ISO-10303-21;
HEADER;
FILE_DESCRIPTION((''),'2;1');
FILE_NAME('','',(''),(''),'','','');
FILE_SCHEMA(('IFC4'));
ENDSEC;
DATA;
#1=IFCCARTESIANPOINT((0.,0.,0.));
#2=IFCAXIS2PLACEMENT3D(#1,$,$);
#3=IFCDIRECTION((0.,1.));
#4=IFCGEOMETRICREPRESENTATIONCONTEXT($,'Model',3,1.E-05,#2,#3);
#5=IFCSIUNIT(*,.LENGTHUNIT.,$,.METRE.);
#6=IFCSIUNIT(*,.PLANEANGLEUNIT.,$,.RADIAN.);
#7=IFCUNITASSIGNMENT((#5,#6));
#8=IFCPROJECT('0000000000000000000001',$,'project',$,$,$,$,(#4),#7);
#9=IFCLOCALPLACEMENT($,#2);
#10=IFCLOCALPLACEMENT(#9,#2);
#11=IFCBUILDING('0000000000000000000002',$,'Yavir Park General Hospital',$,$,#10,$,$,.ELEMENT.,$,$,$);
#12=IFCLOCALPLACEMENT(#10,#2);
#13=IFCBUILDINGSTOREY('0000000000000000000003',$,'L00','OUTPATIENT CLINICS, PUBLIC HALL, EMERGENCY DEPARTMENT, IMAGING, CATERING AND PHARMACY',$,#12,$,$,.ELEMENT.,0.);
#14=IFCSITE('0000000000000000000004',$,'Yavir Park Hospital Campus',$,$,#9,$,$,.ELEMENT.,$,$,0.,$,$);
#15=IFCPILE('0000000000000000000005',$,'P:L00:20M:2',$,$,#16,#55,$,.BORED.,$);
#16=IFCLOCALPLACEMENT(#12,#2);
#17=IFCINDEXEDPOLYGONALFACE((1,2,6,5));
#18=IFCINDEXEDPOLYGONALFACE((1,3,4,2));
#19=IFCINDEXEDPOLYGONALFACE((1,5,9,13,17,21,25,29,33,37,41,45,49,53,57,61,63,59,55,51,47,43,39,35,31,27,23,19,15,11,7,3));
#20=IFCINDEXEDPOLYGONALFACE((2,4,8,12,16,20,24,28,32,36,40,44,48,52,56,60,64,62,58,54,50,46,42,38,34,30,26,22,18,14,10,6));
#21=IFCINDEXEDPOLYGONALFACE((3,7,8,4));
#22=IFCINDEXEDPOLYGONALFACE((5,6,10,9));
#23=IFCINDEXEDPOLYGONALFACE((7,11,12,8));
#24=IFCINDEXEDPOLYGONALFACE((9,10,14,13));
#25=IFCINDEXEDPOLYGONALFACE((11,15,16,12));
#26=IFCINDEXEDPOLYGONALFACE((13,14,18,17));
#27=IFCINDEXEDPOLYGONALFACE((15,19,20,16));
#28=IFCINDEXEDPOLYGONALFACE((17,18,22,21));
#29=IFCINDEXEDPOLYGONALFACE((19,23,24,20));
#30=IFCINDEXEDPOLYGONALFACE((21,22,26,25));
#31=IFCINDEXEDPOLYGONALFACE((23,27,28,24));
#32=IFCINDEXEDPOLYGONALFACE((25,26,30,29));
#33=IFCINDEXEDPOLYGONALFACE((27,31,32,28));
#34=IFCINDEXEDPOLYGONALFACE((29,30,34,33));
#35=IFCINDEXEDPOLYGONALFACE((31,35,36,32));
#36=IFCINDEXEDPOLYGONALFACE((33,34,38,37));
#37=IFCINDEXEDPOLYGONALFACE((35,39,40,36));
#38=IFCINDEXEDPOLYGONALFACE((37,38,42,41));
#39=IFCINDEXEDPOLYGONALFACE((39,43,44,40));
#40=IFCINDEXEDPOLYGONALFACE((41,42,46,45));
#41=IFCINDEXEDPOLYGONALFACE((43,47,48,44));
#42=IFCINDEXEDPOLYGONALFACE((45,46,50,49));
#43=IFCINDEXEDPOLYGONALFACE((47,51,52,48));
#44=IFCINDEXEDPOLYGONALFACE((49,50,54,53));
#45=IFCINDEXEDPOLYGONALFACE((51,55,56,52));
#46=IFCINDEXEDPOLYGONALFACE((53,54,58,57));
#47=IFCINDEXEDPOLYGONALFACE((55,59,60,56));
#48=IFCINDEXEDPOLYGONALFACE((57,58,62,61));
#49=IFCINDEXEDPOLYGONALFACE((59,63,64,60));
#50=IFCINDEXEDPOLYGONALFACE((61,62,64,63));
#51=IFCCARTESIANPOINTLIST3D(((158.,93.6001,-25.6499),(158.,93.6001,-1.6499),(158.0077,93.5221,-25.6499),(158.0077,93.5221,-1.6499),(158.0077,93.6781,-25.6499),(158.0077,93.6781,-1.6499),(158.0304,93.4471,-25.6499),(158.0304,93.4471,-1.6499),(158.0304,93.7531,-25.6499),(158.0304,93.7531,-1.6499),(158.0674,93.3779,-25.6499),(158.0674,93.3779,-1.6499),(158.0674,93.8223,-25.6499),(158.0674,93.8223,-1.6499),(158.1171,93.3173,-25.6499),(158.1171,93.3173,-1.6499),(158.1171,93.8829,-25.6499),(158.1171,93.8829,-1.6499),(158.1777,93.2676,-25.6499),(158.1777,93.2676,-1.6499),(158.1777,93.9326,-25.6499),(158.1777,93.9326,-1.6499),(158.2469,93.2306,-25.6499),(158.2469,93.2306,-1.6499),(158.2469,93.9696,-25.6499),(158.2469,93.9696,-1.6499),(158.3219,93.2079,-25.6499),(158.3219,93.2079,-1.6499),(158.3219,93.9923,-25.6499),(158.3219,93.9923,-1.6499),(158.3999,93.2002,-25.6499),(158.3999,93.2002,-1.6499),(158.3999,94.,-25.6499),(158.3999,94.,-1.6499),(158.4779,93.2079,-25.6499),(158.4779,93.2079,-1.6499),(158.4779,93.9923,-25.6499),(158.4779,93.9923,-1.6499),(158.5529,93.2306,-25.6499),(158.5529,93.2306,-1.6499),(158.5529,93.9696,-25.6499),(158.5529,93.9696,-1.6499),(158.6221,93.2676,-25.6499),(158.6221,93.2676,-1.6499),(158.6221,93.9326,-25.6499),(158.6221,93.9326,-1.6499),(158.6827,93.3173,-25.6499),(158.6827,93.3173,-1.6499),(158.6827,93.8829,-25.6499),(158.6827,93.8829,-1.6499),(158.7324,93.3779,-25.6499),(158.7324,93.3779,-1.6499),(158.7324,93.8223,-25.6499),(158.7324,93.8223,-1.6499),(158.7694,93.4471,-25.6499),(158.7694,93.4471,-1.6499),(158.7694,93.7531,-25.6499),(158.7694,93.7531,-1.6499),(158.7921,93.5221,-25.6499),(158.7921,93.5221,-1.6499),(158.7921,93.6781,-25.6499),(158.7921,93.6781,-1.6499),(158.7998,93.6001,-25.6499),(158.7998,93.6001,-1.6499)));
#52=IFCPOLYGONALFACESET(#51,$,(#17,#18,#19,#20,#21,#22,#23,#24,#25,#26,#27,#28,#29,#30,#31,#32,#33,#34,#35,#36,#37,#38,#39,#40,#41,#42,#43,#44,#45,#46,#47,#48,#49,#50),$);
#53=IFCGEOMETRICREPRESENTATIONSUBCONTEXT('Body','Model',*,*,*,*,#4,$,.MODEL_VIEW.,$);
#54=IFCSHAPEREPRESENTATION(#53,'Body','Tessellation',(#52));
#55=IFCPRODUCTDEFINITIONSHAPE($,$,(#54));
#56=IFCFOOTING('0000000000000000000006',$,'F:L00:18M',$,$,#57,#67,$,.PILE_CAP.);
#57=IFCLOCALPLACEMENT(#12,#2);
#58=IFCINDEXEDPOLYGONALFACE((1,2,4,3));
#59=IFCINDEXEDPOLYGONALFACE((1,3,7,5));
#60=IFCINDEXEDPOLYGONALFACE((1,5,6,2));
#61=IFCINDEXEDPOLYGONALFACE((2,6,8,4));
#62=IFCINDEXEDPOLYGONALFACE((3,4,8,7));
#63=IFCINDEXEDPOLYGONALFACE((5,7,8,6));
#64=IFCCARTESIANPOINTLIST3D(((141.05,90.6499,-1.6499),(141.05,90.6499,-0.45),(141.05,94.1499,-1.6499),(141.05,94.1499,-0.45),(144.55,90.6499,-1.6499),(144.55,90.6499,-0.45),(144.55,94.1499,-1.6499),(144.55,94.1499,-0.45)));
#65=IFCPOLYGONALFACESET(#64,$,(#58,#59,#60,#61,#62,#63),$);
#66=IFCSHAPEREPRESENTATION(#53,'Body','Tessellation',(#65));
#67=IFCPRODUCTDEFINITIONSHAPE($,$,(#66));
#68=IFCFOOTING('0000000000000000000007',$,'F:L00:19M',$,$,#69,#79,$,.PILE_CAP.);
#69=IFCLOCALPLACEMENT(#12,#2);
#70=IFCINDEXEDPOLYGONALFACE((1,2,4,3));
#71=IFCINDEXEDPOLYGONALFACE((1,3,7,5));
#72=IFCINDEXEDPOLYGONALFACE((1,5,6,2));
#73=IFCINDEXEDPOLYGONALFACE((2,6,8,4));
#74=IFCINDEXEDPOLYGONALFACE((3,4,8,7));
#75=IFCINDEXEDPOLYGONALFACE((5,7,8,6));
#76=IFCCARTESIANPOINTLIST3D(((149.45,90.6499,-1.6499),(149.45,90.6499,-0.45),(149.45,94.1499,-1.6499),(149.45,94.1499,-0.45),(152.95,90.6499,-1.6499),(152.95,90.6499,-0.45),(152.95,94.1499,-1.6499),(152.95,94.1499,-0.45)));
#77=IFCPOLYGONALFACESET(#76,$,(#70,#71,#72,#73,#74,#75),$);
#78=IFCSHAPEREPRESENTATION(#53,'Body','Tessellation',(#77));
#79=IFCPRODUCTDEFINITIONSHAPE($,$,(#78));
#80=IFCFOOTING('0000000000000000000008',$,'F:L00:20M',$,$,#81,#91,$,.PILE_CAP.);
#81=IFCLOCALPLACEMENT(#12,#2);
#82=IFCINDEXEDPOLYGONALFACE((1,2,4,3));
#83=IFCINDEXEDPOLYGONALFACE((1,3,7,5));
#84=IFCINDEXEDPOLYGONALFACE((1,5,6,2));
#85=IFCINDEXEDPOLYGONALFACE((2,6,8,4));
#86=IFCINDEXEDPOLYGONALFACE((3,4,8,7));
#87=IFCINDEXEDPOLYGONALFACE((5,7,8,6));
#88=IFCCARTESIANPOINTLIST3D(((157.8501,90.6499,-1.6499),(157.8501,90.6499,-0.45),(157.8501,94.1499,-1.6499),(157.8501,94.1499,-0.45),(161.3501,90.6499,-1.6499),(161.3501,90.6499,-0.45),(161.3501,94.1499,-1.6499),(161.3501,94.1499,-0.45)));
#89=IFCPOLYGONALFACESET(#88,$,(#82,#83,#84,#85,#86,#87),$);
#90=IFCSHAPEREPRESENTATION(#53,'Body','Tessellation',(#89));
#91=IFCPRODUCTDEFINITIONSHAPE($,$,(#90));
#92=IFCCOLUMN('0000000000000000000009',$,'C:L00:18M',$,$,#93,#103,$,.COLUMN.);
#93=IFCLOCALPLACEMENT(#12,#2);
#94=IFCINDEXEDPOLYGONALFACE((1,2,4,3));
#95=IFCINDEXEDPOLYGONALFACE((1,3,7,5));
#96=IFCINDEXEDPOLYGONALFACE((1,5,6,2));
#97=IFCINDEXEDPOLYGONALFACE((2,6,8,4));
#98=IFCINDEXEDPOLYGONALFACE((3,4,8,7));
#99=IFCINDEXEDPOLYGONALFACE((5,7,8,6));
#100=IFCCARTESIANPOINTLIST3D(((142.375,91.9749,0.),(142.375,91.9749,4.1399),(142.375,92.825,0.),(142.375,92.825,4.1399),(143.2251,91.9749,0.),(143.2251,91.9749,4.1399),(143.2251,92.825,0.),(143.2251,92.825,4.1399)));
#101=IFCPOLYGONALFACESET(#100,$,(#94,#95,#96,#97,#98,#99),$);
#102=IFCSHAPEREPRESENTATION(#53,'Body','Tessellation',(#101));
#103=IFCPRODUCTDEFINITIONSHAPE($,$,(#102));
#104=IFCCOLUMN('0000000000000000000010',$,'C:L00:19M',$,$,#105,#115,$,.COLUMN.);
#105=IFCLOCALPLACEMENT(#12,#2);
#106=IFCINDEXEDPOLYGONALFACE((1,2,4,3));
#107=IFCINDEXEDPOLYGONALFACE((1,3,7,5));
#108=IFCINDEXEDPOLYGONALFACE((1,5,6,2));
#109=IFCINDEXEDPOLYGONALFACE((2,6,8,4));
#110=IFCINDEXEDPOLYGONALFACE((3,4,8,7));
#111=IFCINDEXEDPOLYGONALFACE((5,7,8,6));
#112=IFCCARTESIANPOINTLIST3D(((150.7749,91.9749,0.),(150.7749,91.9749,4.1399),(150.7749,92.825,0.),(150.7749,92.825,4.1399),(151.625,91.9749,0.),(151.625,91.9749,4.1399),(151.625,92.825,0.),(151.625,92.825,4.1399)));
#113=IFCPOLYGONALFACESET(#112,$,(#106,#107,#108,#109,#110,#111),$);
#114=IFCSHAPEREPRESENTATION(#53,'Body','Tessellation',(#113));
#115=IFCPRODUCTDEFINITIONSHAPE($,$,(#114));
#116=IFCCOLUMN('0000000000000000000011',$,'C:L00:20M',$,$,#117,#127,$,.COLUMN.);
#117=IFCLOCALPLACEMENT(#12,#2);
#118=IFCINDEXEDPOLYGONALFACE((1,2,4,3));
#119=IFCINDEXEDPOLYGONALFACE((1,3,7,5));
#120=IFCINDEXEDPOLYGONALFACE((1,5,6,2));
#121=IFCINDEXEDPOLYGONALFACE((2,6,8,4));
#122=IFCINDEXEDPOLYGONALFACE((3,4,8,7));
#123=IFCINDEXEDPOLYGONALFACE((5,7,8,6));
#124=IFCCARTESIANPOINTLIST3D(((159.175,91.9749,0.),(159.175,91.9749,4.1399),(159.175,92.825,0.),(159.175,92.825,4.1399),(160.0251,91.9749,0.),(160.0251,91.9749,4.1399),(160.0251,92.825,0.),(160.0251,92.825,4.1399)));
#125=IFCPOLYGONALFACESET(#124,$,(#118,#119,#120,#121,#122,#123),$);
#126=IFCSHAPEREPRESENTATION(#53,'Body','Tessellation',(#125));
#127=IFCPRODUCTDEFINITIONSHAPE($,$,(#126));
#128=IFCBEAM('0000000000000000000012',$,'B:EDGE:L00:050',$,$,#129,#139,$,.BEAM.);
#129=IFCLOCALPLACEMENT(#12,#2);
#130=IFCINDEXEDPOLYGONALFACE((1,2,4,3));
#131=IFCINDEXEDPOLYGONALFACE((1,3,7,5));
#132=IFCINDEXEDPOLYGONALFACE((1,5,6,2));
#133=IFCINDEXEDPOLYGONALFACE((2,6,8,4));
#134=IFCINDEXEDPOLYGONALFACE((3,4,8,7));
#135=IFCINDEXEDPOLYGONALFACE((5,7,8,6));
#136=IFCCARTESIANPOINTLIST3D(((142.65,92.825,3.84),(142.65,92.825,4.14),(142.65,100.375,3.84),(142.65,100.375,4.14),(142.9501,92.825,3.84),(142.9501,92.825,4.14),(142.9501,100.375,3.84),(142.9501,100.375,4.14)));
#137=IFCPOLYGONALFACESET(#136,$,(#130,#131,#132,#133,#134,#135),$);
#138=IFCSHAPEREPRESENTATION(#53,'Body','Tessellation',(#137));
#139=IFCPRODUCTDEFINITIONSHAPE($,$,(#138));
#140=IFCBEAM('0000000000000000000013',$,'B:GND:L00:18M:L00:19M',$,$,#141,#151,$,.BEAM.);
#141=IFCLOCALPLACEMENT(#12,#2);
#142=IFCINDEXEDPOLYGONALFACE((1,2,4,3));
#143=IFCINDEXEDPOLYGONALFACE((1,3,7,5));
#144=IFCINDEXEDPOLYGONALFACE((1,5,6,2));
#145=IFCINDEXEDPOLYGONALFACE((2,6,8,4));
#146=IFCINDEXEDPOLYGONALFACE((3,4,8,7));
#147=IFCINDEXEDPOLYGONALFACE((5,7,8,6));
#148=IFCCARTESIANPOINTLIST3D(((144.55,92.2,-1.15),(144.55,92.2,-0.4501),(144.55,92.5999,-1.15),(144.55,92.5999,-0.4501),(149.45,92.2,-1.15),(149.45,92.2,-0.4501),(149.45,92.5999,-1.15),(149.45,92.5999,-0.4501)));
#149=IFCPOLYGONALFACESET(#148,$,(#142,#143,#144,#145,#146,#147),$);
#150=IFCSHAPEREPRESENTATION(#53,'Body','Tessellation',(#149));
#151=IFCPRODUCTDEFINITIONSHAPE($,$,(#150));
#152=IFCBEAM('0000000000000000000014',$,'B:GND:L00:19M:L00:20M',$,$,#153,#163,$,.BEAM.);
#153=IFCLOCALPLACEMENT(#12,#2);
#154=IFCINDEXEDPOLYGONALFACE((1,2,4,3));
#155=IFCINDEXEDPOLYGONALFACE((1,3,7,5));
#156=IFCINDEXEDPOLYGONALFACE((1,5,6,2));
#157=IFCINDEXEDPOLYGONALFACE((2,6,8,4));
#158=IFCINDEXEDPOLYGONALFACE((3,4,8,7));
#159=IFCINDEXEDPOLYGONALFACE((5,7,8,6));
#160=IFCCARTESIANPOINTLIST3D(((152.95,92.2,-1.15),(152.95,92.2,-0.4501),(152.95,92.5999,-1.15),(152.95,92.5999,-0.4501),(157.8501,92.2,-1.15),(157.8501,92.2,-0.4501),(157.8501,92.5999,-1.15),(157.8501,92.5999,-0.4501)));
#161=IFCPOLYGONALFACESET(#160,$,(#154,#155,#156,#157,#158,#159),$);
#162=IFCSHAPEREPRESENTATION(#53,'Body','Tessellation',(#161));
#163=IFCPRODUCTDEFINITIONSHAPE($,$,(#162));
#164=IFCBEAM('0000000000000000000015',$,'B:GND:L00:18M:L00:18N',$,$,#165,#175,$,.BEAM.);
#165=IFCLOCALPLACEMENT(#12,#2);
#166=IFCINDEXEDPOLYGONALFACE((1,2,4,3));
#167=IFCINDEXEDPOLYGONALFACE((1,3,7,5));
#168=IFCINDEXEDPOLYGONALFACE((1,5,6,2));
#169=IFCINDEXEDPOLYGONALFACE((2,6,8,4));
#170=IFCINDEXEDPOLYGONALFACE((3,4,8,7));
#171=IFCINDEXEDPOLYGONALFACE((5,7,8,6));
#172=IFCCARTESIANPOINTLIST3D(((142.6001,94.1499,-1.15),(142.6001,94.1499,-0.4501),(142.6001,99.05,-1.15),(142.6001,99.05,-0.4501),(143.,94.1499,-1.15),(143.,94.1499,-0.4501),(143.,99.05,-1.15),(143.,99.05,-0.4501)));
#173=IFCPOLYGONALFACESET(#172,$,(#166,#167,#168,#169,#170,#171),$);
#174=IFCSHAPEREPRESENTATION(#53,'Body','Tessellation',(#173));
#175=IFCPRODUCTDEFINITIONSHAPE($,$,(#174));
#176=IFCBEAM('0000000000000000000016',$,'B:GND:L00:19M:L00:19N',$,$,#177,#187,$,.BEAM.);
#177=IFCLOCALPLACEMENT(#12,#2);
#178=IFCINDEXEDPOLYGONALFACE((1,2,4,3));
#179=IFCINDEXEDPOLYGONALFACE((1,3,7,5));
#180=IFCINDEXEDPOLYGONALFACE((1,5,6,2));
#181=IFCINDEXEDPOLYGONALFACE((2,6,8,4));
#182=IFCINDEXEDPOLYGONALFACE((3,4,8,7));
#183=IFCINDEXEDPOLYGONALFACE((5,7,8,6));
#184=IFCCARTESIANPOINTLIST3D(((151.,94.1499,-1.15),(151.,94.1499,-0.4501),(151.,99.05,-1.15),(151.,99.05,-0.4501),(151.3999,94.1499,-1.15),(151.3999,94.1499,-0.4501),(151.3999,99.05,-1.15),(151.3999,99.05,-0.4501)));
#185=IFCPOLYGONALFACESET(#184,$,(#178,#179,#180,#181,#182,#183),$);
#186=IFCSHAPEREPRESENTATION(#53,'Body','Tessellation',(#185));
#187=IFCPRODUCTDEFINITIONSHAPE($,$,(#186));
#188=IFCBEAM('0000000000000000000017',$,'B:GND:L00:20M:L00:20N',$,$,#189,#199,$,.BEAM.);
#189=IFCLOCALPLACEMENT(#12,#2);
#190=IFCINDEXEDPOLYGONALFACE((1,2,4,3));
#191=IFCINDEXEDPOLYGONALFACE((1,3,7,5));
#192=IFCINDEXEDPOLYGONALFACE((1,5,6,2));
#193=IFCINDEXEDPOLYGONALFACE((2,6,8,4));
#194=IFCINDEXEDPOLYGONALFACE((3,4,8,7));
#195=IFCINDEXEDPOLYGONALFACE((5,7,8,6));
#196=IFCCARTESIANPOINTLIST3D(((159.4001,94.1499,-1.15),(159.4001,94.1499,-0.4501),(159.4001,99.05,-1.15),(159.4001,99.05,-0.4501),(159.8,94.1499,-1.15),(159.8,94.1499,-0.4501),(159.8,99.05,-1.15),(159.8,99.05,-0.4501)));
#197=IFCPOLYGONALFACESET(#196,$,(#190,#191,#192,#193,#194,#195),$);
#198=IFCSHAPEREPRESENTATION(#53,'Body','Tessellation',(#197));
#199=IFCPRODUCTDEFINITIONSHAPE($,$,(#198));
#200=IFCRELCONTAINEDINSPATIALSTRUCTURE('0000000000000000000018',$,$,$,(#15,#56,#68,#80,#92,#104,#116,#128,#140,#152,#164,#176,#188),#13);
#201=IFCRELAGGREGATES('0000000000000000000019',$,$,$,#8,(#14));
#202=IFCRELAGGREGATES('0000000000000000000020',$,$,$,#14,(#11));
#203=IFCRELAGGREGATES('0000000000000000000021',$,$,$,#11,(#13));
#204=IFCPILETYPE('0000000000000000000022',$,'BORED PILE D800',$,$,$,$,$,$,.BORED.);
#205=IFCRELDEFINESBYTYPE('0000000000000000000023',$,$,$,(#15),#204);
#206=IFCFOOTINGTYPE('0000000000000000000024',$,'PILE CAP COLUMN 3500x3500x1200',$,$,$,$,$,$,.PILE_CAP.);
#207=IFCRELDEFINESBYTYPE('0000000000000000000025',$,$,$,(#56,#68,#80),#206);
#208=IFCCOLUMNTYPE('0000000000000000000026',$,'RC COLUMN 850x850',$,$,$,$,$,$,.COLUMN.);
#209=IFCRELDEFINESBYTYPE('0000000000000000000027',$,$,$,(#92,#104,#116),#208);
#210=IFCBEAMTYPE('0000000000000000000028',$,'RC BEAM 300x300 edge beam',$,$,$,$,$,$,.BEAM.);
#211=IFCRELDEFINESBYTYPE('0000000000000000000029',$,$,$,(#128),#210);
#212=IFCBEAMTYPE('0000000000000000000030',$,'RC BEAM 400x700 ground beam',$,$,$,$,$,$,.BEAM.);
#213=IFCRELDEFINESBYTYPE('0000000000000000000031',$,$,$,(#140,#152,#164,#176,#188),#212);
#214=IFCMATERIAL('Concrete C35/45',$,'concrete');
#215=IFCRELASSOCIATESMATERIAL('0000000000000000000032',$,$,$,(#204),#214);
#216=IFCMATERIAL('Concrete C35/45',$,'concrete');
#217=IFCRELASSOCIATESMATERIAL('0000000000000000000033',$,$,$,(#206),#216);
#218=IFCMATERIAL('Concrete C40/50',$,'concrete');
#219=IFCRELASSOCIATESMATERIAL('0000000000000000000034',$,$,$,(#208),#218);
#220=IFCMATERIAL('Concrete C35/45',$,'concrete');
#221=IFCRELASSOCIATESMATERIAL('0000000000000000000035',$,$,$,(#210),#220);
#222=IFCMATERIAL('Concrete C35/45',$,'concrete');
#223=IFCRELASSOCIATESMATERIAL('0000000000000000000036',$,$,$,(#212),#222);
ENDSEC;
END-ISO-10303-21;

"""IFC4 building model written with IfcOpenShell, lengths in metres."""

from ifc_helpers import new_model, si_unit, direction, frame, origin, origin_2d, place, context, subcontext, project, spatial, rectangle, circle, extrude, material, material_profile, profile_set, type_object, element, save


model = new_model("IFC4")

# Units and contexts
model_context = context("Model", 3, precision=1e-05, world=origin(), true_north=direction((0.0, 1.0)))
body_context = subcontext(model_context, "Body", "Model", "MODEL_VIEW")
ifc_project = project(units=[si_unit("LENGTHUNIT", "METRE"), si_unit("PLANEANGLEUNIT", "RADIAN")], contexts=[model_context])

# Site, building, storey
site_placement = place(None, origin())
site = spatial("IfcSite", under=ifc_project, at=site_placement, Name="Yavir Park Hospital Campus", CompositionType="ELEMENT", RefElevation=0.0)
building_placement = place(site_placement, origin())
building = spatial("IfcBuilding", under=site, at=building_placement, Name="Yavir Park General Hospital", CompositionType="ELEMENT")
storey_placement = place(building_placement, origin())
storey = spatial("IfcBuildingStorey", under=building, at=storey_placement, Name="L00", Description="OUTPATIENT CLINICS, PUBLIC HALL, EMERGENCY DEPARTMENT, IMAGING, CATERING AND PHARMACY", CompositionType="ELEMENT", Elevation=0.0)

# Pile
ifc_material_1 = material(Name="Concrete C35/45", Category="concrete")
ifc_material_profile_1 = material_profile(ifc_material_1, circle(Radius=0.3999, at=origin_2d()), Name="D800")
ifc_profile_set_1 = profile_set([ifc_material_profile_1], Name="Concrete C35/45")
pile_type = type_object("IfcPileType", Name="BORED PILE D800", PredefinedType="BORED", material=ifc_profile_set_1)
for number, where, z_axis, x_axis, name in (
    (1, (158.3999, 93.6001, -1.6499), (0.0, 0.0, -1.0), (1.0, 0.0, 0.0), "P:L00:20M:2"),
):
    element("IfcPile", number, at=place(storey_placement, frame(where, z_axis=z_axis, x_axis=x_axis)), inside=storey, type_object=pile_type, Name=name, PredefinedType="BORED", context=body_context, shape_type="SweptSolid", body=[
        extrude(circle(Radius=0.3999, at=origin_2d()), origin(), (0.0, 0.0, 1.0), 24.0),
    ])

# Footings
ifc_material_2 = material(Name="Concrete C35/45", Category="concrete")
footing_type = type_object("IfcFootingType", Name="PILE CAP COLUMN 3500x3500x1200", PredefinedType="PILE_CAP", material=ifc_material_2)
for number, where, z_axis, x_axis, name in (
    (2, (142.8, 92.3999, -1.6499), (0.0, 0.0, 1.0), (1.0, 0.0, 0.0), "F:L00:18M"),
    (3, (151.2, 92.3999, -1.6499), (0.0, 0.0, 1.0), (1.0, 0.0, 0.0), "F:L00:19M"),
    (4, (159.6001, 92.3999, -1.6499), (0.0, 0.0, 1.0), (1.0, 0.0, 0.0), "F:L00:20M"),
):
    element("IfcFooting", number, at=place(storey_placement, frame(where, z_axis=z_axis, x_axis=x_axis)), inside=storey, type_object=footing_type, Name=name, PredefinedType="PILE_CAP", context=body_context, shape_type="SweptSolid", body=[
        extrude(rectangle(XDim=3.5, YDim=3.5, at=origin_2d()), origin(), (0.0, 0.0, 1.0), 1.2),
    ])

# Columns
ifc_material_3 = material(Name="Concrete C40/50", Category="concrete")
ifc_material_profile_2 = material_profile(ifc_material_3, rectangle(XDim=0.8501, YDim=0.8501, at=origin_2d()), Name="RC850x850")
ifc_profile_set_2 = profile_set([ifc_material_profile_2], Name="Concrete C40/50")
column_type = type_object("IfcColumnType", Name="RC COLUMN 850x850", PredefinedType="COLUMN", material=ifc_profile_set_2)
for number, where, z_axis, x_axis, name in (
    (5, (142.8, 92.3999, 0.0), (0.0, 0.0, 1.0), (1.0, 0.0, 0.0), "C:L00:18M"),
    (6, (151.2, 92.3999, 0.0), (0.0, 0.0, 1.0), (1.0, 0.0, 0.0), "C:L00:19M"),
    (7, (159.6001, 92.3999, 0.0), (0.0, 0.0, 1.0), (1.0, 0.0, 0.0), "C:L00:20M"),
):
    element("IfcColumn", number, at=place(storey_placement, frame(where, z_axis=z_axis, x_axis=x_axis)), inside=storey, type_object=column_type, Name=name, PredefinedType="COLUMN", context=body_context, shape_type="SweptSolid", body=[
        extrude(rectangle(XDim=0.8501, YDim=0.8501, at=origin_2d()), origin(), (0.0, 0.0, 1.0), 4.1399),
    ])

# Beams
ifc_material_4 = material(Name="Concrete C35/45", Category="concrete")
ifc_material_profile_3 = material_profile(ifc_material_4, rectangle(XDim=0.3, YDim=0.3, at=origin_2d()), Name="RC300x300")
ifc_profile_set_3 = profile_set([ifc_material_profile_3], Name="Concrete C35/45")
beam_type_1 = type_object("IfcBeamType", Name="RC BEAM 300x300 edge beam", PredefinedType="BEAM", material=ifc_profile_set_3)
beam_1_placement = place(storey_placement, frame((142.8, 92.825, 3.99), z_axis=(0.0, 1.0, 0.0), x_axis=(-1.0, 0.0, 0.0)))
element("IfcBeam", 8, at=beam_1_placement, inside=storey, type_object=beam_type_1, Name="B:EDGE:L00:050", PredefinedType="BEAM", context=body_context, shape_type="SweptSolid", body=[
    extrude(rectangle(XDim=0.3, YDim=0.3, at=origin_2d()), origin(), (0.0, 0.0, 1.0), 7.55),
])
ifc_material_5 = material(Name="Concrete C35/45", Category="concrete")
ifc_material_profile_4 = material_profile(ifc_material_5, rectangle(XDim=0.3999, YDim=0.7, at=origin_2d()), Name="RC400x700")
ifc_profile_set_4 = profile_set([ifc_material_profile_4], Name="Concrete C35/45")
beam_type_2 = type_object("IfcBeamType", Name="RC BEAM 400x700 ground beam", PredefinedType="BEAM", material=ifc_profile_set_4)
beam_2_placement = place(storey_placement, frame((144.55, 92.3999, -0.8), z_axis=(1.0, 0.0, 0.0), x_axis=(0.0, 1.0, 0.0)))
element("IfcBeam", 9, at=beam_2_placement, inside=storey, type_object=beam_type_2, Name="B:GND:L00:18M:L00:19M", PredefinedType="BEAM", context=body_context, shape_type="SweptSolid", body=[
    extrude(rectangle(XDim=0.3999, YDim=0.7, at=origin_2d()), origin(), (0.0, 0.0, 1.0), 4.8999),
])
for number, where, z_axis, x_axis, name in (
    (10, (152.95, 92.3999, -0.8), (1.0, 0.0, 0.0), (0.0, 1.0, 0.0), "B:GND:L00:19M:L00:20M"),
    (11, (142.8, 94.1499, -0.8), (0.0, 1.0, 0.0), (-1.0, 0.0, 0.0), "B:GND:L00:18M:L00:18N"),
    (12, (151.2, 94.1499, -0.8), (0.0, 1.0, 0.0), (-1.0, 0.0, 0.0), "B:GND:L00:19M:L00:19N"),
    (13, (159.6001, 94.1499, -0.8), (0.0, 1.0, 0.0), (-1.0, 0.0, 0.0), "B:GND:L00:20M:L00:20N"),
):
    element("IfcBeam", number, at=place(storey_placement, frame(where, z_axis=z_axis, x_axis=x_axis)), inside=storey, type_object=beam_type_2, Name=name, PredefinedType="BEAM", context=body_context, shape_type="SweptSolid", body=[
        extrude(rectangle(XDim=0.3999, YDim=0.7, at=origin_2d()), origin(), (0.0, 0.0, 1.0), 4.9001),
    ])

save(model, "model.ifc")
